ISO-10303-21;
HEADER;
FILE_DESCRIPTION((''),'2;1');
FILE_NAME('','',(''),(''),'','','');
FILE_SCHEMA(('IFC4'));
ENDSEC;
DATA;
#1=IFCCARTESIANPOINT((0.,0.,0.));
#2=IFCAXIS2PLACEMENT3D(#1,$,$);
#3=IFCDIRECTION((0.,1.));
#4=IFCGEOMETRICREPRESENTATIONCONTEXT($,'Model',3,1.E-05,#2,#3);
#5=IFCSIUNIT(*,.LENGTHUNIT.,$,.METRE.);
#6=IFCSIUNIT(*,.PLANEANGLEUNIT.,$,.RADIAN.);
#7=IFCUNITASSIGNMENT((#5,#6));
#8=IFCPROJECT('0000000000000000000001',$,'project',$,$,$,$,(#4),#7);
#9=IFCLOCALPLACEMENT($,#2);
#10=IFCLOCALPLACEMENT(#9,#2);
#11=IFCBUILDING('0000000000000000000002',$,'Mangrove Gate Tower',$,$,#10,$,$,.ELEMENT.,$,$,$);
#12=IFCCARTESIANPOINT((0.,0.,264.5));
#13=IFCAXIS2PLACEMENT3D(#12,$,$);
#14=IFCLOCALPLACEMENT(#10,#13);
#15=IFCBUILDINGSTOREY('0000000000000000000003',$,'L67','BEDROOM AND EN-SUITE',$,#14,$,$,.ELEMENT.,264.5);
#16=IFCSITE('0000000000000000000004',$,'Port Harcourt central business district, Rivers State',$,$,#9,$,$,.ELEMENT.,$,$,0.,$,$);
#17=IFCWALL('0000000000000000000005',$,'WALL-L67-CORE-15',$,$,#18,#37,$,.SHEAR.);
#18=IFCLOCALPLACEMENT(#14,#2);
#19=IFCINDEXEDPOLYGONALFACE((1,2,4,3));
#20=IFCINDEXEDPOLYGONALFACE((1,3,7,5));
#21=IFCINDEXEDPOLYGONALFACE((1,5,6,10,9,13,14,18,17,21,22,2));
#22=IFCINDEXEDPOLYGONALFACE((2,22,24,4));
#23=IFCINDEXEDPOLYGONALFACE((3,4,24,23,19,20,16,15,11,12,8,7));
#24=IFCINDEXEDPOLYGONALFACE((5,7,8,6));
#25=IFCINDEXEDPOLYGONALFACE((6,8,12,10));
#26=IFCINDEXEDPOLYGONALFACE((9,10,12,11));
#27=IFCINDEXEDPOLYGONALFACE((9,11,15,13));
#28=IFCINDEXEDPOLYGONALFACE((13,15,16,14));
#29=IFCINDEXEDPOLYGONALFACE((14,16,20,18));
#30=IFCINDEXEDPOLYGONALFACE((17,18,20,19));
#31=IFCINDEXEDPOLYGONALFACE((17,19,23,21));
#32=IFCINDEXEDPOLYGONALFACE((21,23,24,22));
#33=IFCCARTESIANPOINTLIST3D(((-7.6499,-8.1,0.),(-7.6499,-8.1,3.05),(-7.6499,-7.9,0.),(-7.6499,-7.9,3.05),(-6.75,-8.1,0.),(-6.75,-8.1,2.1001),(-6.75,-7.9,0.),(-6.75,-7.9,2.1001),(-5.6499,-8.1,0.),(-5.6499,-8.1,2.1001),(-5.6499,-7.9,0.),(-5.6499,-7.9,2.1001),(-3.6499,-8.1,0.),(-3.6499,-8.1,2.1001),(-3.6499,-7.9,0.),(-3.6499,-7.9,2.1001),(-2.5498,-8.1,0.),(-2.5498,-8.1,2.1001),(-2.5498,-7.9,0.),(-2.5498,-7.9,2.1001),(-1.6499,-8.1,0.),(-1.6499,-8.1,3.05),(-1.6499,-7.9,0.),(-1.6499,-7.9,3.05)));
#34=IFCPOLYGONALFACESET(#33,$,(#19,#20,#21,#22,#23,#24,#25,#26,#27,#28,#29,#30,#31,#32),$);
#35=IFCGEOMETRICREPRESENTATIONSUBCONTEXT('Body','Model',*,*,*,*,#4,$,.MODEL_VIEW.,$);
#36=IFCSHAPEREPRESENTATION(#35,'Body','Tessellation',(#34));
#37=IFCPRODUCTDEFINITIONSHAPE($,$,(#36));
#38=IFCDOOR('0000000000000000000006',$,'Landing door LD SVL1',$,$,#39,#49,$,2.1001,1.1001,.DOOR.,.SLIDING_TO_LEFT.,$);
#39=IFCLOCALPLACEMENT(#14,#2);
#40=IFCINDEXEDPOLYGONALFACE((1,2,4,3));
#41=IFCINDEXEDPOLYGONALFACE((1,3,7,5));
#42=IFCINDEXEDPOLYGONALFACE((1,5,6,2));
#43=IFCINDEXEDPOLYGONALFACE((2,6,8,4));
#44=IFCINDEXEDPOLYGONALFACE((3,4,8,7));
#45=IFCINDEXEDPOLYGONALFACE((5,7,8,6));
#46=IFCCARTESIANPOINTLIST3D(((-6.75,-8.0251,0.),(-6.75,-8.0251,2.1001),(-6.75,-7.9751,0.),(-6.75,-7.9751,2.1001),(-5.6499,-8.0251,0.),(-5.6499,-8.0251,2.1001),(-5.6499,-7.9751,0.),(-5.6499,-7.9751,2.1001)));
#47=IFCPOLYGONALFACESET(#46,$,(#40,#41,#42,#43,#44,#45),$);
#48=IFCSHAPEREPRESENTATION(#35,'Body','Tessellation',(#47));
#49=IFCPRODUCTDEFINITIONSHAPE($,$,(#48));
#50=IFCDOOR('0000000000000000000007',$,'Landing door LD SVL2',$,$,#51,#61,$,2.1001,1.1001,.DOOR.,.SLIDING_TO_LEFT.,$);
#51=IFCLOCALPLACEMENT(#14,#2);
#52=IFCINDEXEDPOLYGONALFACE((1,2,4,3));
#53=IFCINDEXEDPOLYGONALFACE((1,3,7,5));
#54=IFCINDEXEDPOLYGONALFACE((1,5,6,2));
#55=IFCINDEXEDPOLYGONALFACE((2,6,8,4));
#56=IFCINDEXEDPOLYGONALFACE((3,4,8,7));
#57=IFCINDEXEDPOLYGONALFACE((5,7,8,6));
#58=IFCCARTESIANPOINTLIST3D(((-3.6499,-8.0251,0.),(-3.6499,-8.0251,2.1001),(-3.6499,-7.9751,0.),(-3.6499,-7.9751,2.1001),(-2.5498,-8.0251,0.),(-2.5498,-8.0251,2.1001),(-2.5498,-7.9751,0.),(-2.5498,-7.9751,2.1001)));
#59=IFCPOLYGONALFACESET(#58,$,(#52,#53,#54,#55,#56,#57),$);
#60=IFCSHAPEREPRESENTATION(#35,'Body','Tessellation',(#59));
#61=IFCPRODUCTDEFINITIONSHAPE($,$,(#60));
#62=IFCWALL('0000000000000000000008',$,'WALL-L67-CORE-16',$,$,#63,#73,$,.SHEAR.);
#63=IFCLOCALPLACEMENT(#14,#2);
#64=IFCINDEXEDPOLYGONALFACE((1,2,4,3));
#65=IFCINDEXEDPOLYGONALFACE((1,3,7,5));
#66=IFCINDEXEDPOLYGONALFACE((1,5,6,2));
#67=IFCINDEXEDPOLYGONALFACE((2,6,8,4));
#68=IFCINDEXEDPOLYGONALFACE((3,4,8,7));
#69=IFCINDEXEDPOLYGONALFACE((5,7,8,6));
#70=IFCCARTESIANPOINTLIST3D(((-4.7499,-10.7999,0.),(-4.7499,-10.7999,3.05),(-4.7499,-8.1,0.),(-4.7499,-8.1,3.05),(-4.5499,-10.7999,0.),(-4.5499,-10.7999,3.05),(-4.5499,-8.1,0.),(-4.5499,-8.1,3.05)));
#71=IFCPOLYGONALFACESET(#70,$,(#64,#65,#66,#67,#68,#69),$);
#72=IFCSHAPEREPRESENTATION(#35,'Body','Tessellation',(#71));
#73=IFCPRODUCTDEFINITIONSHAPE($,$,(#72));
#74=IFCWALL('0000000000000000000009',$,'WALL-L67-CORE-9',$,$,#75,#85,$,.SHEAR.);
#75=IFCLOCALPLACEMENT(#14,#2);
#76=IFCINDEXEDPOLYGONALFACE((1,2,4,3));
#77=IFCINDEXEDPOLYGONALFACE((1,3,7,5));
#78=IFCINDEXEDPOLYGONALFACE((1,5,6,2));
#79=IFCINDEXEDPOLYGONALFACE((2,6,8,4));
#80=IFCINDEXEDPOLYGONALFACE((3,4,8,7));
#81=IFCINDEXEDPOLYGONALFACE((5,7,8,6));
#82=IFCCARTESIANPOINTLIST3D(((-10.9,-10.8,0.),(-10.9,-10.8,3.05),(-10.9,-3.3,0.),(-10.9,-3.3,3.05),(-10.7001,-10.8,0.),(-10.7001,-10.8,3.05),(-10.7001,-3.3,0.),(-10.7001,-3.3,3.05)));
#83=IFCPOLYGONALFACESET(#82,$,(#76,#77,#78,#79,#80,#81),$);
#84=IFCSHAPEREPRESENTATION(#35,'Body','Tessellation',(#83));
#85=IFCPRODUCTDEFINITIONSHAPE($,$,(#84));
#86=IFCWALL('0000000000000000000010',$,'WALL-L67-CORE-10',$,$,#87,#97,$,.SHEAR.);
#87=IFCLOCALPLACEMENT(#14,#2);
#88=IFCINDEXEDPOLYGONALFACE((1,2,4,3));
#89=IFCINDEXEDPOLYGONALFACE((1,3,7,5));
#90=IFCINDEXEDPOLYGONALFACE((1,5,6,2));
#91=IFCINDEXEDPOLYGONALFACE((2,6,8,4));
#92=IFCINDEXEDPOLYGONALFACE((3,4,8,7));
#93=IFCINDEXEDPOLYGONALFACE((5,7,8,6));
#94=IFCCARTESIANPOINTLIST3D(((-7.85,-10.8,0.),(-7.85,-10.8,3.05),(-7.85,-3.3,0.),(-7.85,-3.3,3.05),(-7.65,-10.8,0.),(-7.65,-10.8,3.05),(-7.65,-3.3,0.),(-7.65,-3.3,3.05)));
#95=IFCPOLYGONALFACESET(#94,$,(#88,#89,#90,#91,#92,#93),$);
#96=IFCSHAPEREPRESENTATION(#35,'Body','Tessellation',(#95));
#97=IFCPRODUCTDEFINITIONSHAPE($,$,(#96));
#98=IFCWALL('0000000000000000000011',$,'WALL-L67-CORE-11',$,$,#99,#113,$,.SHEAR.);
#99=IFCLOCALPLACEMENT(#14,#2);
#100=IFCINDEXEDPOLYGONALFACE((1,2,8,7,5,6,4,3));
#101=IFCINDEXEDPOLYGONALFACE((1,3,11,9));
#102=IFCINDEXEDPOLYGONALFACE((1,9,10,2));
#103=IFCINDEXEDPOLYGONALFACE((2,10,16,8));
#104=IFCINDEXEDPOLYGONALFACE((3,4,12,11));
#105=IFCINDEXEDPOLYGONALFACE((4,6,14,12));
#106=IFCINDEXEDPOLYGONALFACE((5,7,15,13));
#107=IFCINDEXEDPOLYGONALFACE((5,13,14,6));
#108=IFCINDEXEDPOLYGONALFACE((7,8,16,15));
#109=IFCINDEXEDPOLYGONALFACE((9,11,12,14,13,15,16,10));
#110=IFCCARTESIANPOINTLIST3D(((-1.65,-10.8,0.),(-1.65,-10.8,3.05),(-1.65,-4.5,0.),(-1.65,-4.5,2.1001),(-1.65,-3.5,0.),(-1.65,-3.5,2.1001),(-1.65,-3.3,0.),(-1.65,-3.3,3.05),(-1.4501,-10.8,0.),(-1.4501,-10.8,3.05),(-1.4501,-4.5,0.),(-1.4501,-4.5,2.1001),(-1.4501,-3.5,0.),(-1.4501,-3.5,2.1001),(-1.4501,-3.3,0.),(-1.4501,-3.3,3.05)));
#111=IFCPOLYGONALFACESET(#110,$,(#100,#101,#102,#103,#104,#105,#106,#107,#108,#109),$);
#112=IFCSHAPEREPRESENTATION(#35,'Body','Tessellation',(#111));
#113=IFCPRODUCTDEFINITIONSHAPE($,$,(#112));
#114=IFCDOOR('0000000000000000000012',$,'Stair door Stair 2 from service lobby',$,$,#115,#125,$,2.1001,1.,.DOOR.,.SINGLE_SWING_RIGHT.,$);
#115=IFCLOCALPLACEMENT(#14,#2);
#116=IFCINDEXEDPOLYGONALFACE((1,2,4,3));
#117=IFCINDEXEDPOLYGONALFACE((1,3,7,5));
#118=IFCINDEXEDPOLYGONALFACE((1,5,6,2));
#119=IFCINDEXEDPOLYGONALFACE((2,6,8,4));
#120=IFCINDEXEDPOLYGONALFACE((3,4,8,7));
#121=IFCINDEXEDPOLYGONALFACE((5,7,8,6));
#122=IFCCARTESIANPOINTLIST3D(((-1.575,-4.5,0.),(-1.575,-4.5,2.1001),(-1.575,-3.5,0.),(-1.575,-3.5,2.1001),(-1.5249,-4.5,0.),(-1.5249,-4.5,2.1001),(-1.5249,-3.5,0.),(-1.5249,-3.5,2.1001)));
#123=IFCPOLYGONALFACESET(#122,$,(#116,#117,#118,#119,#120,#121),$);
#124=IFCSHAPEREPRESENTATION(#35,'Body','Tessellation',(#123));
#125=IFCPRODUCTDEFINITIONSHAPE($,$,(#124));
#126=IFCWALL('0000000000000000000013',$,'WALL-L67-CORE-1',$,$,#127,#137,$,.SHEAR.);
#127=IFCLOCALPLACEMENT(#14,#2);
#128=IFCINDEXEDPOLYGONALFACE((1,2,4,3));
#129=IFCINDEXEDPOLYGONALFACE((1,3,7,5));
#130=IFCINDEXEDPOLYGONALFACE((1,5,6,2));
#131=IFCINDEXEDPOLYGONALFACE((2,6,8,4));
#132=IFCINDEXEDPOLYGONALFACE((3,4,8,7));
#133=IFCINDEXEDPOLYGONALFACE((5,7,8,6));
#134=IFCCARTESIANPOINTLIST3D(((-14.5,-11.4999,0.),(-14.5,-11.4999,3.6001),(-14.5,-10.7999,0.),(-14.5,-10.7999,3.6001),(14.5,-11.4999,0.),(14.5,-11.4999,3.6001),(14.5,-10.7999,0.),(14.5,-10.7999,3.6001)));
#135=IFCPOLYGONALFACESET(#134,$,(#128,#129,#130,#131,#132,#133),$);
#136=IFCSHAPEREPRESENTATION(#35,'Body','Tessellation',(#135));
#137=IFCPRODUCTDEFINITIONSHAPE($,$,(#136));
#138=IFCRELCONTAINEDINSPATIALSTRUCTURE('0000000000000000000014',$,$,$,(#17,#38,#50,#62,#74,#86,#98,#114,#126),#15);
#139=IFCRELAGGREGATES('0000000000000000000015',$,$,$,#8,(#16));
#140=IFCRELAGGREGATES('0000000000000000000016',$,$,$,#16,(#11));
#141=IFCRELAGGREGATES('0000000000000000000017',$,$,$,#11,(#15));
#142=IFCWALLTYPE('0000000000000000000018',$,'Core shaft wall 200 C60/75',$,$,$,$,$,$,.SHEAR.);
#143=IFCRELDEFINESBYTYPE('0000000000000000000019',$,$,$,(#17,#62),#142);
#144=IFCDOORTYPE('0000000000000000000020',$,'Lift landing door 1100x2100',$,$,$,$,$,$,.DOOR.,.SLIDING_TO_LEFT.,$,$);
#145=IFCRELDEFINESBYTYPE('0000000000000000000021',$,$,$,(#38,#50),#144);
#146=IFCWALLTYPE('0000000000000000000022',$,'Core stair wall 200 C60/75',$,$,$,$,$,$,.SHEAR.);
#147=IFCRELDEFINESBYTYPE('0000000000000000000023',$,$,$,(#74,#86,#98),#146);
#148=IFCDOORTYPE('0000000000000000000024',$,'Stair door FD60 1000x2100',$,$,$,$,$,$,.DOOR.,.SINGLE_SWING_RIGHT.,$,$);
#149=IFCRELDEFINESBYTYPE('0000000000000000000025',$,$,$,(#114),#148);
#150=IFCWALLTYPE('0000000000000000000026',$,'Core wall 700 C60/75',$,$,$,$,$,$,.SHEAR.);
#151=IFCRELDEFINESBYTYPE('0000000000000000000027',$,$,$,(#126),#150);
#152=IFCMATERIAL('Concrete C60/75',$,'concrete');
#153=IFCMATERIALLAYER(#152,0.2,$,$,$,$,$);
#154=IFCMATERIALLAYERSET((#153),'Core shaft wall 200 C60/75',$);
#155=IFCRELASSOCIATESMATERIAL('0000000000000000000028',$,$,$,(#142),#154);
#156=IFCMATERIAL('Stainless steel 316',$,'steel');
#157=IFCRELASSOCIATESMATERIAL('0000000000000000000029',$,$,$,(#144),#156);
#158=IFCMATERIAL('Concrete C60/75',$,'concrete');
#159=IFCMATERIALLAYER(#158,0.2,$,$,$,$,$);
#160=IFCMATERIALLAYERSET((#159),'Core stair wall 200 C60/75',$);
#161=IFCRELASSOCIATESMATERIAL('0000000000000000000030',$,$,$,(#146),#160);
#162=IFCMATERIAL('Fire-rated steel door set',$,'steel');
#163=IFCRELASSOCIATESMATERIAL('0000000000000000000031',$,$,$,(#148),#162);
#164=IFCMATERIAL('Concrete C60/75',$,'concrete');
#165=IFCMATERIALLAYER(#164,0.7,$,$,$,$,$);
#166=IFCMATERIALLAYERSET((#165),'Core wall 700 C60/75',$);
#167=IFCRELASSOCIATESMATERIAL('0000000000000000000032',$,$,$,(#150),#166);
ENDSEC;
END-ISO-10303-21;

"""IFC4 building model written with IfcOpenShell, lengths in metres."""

from ifc_helpers import new_model, si_unit, direction, frame, frame_2d, origin, place, context, subcontext, project, spatial, rectangle, extrude, material, layer, layer_set, type_object, element, fill, save


model = new_model("IFC4")

# Units and contexts
model_context = context("Model", 3, precision=1e-05, world=origin(), true_north=direction((0.0, 1.0)))
body_context = subcontext(model_context, "Body", "Model", "MODEL_VIEW")
ifc_project = project(units=[si_unit("LENGTHUNIT", "METRE"), si_unit("PLANEANGLEUNIT", "RADIAN")], contexts=[model_context])

# Site, building, storey
site_placement = place(None, origin())
site = spatial("IfcSite", under=ifc_project, at=site_placement, Name="Port Harcourt central business district, Rivers State", CompositionType="ELEMENT", RefElevation=0.0)
building_placement = place(site_placement, origin())
building = spatial("IfcBuilding", under=site, at=building_placement, Name="Mangrove Gate Tower", CompositionType="ELEMENT")
storey_placement = place(building_placement, frame((0.0, 0.0, 264.5)))
storey = spatial("IfcBuildingStorey", under=building, at=storey_placement, Name="L67", Description="BEDROOM AND EN-SUITE", CompositionType="ELEMENT", Elevation=264.5)

# Wall, openings, doors
ifc_material_1 = material(Name="Concrete C60/75", Category="concrete")
ifc_layer_1 = layer(ifc_material_1, 0.2)
ifc_layer_set_1 = layer_set([ifc_layer_1], Name="Core shaft wall 200 C60/75")
wall_type_1 = type_object("IfcWallType", Name="Core shaft wall 200 C60/75", PredefinedType="SHEAR", material=ifc_layer_set_1)
wall_1_placement = place(storey_placement, frame((-7.6499, -8.0, 0.0), z_axis=(0.0, 0.0, 1.0), x_axis=(1.0, 0.0, 0.0)))
wall_1 = element("IfcWall", 1, at=wall_1_placement, inside=storey, type_object=wall_type_1, Name="WALL-L67-CORE-15", PredefinedType="SHEAR", context=body_context, shape_type="SweptSolid", body=[
    extrude(rectangle(XDim=6.0, YDim=0.2, at=frame_2d((3.0, 0.0))), origin(), (0.0, 0.0, 1.0), 3.05),
])
opening_1_placement = place(wall_1_placement, frame((0.8999, 0.0, 0.0)))
opening_1 = element("IfcOpeningElement", 2, at=opening_1_placement, cuts=wall_1, PredefinedType="OPENING", context=body_context, shape_type="SweptSolid", body=[
    extrude(rectangle(XDim=1.1001, YDim=2.1001, at=frame_2d((0.55, 1.05))), frame((0.0, 0.1099, 0.0), z_axis=(0.0, -1.0, 0.0), x_axis=(1.0, 0.0, 0.0)), (0.0, 0.0, 1.0), 0.22),
])
opening_2_placement = place(wall_1_placement, frame((4.0, 0.0, 0.0)))
opening_2 = element("IfcOpeningElement", 3, at=opening_2_placement, cuts=wall_1, PredefinedType="OPENING", context=body_context, shape_type="SweptSolid", body=[
    extrude(rectangle(XDim=1.1001, YDim=2.1001, at=frame_2d((0.55, 1.05))), frame((0.0, 0.1099, 0.0), z_axis=(0.0, -1.0, 0.0), x_axis=(1.0, 0.0, 0.0)), (0.0, 0.0, 1.0), 0.22),
])
ifc_material_2 = material(Name="Stainless steel 316", Category="steel")
door_type_1 = type_object("IfcDoorType", Name="Lift landing door 1100x2100", OperationType="SLIDING_TO_LEFT", PredefinedType="DOOR", material=ifc_material_2)
door_1_placement = place(opening_1_placement, origin())
door_1 = element("IfcDoor", 4, at=door_1_placement, inside=storey, type_object=door_type_1, Name="Landing door LD SVL1", OperationType="SLIDING_TO_LEFT", OverallHeight=2.1001, OverallWidth=1.1001, PredefinedType="DOOR", context=body_context, shape_type="SweptSolid", body=[
    extrude(rectangle(XDim=1.1001, YDim=2.1001, at=frame_2d((0.55, 1.05))), frame((0.0, 0.0249, 0.0), z_axis=(0.0, -1.0, 0.0), x_axis=(1.0, 0.0, 0.0)), (0.0, 0.0, 1.0), 0.05),
])
fill(opening_1, door_1)
door_2_placement = place(opening_2_placement, origin())
door_2 = element("IfcDoor", 5, at=door_2_placement, inside=storey, type_object=door_type_1, Name="Landing door LD SVL2", OperationType="SLIDING_TO_LEFT", OverallHeight=2.1001, OverallWidth=1.1001, PredefinedType="DOOR", context=body_context, shape_type="SweptSolid", body=[
    extrude(rectangle(XDim=1.1001, YDim=2.1001, at=frame_2d((0.55, 1.05))), frame((0.0, 0.0249, 0.0), z_axis=(0.0, -1.0, 0.0), x_axis=(1.0, 0.0, 0.0)), (0.0, 0.0, 1.0), 0.05),
])
fill(opening_2, door_2)

# Walls
wall_2_placement = place(storey_placement, frame((-4.6499, -10.8, 0.0), z_axis=(0.0, 0.0, 1.0), x_axis=(0.0, 1.0, 0.0)))
element("IfcWall", 6, at=wall_2_placement, inside=storey, type_object=wall_type_1, Name="WALL-L67-CORE-16", PredefinedType="SHEAR", context=body_context, shape_type="SweptSolid", body=[
    extrude(rectangle(XDim=2.7, YDim=0.2, at=frame_2d((1.3501, 0.0))), origin(), (0.0, 0.0, 1.0), 3.05),
])
ifc_material_3 = material(Name="Concrete C60/75", Category="concrete")
ifc_layer_2 = layer(ifc_material_3, 0.2)
ifc_layer_set_2 = layer_set([ifc_layer_2], Name="Core stair wall 200 C60/75")
wall_type_2 = type_object("IfcWallType", Name="Core stair wall 200 C60/75", PredefinedType="SHEAR", material=ifc_layer_set_2)
for number, where, z_axis, x_axis, name in (
    (7, (-10.8, -10.8, 0.0), (0.0, 0.0, 1.0), (0.0, 1.0, 0.0), "WALL-L67-CORE-9"),
    (8, (-7.75, -10.8, 0.0), (0.0, 0.0, 1.0), (0.0, 1.0, 0.0), "WALL-L67-CORE-10"),
):
    element("IfcWall", number, at=place(storey_placement, frame(where, z_axis=z_axis, x_axis=x_axis)), inside=storey, type_object=wall_type_2, Name=name, PredefinedType="SHEAR", context=body_context, shape_type="SweptSolid", body=[
        extrude(rectangle(XDim=7.5, YDim=0.2, at=frame_2d((3.75, 0.0))), origin(), (0.0, 0.0, 1.0), 3.05),
    ])

# Wall, opening, door
wall_3_placement = place(storey_placement, frame((-1.55, -10.8, 0.0), z_axis=(0.0, 0.0, 1.0), x_axis=(0.0, 1.0, 0.0)))
wall_3 = element("IfcWall", 9, at=wall_3_placement, inside=storey, type_object=wall_type_2, Name="WALL-L67-CORE-11", PredefinedType="SHEAR", context=body_context, shape_type="SweptSolid", body=[
    extrude(rectangle(XDim=7.5, YDim=0.2, at=frame_2d((3.75, 0.0))), origin(), (0.0, 0.0, 1.0), 3.05),
])
opening_3_placement = place(wall_3_placement, frame((6.3, 0.0, 0.0)))
opening_3 = element("IfcOpeningElement", 10, at=opening_3_placement, cuts=wall_3, PredefinedType="OPENING", context=body_context, shape_type="SweptSolid", body=[
    extrude(rectangle(XDim=1.0, YDim=2.1001, at=frame_2d((0.5, 1.05))), frame((0.0, 0.1099, 0.0), z_axis=(0.0, -1.0, 0.0), x_axis=(1.0, 0.0, 0.0)), (0.0, 0.0, 1.0), 0.22),
])
ifc_material_4 = material(Name="Fire-rated steel door set", Category="steel")
door_type_2 = type_object("IfcDoorType", Name="Stair door FD60 1000x2100", OperationType="SINGLE_SWING_RIGHT", PredefinedType="DOOR", material=ifc_material_4)
door_3_placement = place(opening_3_placement, origin())
door_3 = element("IfcDoor", 11, at=door_3_placement, inside=storey, type_object=door_type_2, Name="Stair door Stair 2 from service lobby", OperationType="SINGLE_SWING_RIGHT", OverallHeight=2.1001, OverallWidth=1.0, PredefinedType="DOOR", context=body_context, shape_type="SweptSolid", body=[
    extrude(rectangle(XDim=1.0, YDim=2.1001, at=frame_2d((0.5, 1.05))), frame((0.0, 0.0249, 0.0), z_axis=(0.0, -1.0, 0.0), x_axis=(1.0, 0.0, 0.0)), (0.0, 0.0, 1.0), 0.05),
])
fill(opening_3, door_3)

# Wall
ifc_material_5 = material(Name="Concrete C60/75", Category="concrete")
ifc_layer_3 = layer(ifc_material_5, 0.7)
ifc_layer_set_3 = layer_set([ifc_layer_3], Name="Core wall 700 C60/75")
wall_type_3 = type_object("IfcWallType", Name="Core wall 700 C60/75", PredefinedType="SHEAR", material=ifc_layer_set_3)
wall_4_placement = place(storey_placement, frame((-14.5, -11.1499, 0.0), z_axis=(0.0, 0.0, 1.0), x_axis=(1.0, 0.0, 0.0)))
element("IfcWall", 12, at=wall_4_placement, inside=storey, type_object=wall_type_3, Name="WALL-L67-CORE-1", PredefinedType="SHEAR", context=body_context, shape_type="SweptSolid", body=[
    extrude(rectangle(XDim=29.0, YDim=0.7, at=frame_2d((14.5, 0.0))), origin(), (0.0, 0.0, 1.0), 3.6001),
])

save(model, "model.ifc")
